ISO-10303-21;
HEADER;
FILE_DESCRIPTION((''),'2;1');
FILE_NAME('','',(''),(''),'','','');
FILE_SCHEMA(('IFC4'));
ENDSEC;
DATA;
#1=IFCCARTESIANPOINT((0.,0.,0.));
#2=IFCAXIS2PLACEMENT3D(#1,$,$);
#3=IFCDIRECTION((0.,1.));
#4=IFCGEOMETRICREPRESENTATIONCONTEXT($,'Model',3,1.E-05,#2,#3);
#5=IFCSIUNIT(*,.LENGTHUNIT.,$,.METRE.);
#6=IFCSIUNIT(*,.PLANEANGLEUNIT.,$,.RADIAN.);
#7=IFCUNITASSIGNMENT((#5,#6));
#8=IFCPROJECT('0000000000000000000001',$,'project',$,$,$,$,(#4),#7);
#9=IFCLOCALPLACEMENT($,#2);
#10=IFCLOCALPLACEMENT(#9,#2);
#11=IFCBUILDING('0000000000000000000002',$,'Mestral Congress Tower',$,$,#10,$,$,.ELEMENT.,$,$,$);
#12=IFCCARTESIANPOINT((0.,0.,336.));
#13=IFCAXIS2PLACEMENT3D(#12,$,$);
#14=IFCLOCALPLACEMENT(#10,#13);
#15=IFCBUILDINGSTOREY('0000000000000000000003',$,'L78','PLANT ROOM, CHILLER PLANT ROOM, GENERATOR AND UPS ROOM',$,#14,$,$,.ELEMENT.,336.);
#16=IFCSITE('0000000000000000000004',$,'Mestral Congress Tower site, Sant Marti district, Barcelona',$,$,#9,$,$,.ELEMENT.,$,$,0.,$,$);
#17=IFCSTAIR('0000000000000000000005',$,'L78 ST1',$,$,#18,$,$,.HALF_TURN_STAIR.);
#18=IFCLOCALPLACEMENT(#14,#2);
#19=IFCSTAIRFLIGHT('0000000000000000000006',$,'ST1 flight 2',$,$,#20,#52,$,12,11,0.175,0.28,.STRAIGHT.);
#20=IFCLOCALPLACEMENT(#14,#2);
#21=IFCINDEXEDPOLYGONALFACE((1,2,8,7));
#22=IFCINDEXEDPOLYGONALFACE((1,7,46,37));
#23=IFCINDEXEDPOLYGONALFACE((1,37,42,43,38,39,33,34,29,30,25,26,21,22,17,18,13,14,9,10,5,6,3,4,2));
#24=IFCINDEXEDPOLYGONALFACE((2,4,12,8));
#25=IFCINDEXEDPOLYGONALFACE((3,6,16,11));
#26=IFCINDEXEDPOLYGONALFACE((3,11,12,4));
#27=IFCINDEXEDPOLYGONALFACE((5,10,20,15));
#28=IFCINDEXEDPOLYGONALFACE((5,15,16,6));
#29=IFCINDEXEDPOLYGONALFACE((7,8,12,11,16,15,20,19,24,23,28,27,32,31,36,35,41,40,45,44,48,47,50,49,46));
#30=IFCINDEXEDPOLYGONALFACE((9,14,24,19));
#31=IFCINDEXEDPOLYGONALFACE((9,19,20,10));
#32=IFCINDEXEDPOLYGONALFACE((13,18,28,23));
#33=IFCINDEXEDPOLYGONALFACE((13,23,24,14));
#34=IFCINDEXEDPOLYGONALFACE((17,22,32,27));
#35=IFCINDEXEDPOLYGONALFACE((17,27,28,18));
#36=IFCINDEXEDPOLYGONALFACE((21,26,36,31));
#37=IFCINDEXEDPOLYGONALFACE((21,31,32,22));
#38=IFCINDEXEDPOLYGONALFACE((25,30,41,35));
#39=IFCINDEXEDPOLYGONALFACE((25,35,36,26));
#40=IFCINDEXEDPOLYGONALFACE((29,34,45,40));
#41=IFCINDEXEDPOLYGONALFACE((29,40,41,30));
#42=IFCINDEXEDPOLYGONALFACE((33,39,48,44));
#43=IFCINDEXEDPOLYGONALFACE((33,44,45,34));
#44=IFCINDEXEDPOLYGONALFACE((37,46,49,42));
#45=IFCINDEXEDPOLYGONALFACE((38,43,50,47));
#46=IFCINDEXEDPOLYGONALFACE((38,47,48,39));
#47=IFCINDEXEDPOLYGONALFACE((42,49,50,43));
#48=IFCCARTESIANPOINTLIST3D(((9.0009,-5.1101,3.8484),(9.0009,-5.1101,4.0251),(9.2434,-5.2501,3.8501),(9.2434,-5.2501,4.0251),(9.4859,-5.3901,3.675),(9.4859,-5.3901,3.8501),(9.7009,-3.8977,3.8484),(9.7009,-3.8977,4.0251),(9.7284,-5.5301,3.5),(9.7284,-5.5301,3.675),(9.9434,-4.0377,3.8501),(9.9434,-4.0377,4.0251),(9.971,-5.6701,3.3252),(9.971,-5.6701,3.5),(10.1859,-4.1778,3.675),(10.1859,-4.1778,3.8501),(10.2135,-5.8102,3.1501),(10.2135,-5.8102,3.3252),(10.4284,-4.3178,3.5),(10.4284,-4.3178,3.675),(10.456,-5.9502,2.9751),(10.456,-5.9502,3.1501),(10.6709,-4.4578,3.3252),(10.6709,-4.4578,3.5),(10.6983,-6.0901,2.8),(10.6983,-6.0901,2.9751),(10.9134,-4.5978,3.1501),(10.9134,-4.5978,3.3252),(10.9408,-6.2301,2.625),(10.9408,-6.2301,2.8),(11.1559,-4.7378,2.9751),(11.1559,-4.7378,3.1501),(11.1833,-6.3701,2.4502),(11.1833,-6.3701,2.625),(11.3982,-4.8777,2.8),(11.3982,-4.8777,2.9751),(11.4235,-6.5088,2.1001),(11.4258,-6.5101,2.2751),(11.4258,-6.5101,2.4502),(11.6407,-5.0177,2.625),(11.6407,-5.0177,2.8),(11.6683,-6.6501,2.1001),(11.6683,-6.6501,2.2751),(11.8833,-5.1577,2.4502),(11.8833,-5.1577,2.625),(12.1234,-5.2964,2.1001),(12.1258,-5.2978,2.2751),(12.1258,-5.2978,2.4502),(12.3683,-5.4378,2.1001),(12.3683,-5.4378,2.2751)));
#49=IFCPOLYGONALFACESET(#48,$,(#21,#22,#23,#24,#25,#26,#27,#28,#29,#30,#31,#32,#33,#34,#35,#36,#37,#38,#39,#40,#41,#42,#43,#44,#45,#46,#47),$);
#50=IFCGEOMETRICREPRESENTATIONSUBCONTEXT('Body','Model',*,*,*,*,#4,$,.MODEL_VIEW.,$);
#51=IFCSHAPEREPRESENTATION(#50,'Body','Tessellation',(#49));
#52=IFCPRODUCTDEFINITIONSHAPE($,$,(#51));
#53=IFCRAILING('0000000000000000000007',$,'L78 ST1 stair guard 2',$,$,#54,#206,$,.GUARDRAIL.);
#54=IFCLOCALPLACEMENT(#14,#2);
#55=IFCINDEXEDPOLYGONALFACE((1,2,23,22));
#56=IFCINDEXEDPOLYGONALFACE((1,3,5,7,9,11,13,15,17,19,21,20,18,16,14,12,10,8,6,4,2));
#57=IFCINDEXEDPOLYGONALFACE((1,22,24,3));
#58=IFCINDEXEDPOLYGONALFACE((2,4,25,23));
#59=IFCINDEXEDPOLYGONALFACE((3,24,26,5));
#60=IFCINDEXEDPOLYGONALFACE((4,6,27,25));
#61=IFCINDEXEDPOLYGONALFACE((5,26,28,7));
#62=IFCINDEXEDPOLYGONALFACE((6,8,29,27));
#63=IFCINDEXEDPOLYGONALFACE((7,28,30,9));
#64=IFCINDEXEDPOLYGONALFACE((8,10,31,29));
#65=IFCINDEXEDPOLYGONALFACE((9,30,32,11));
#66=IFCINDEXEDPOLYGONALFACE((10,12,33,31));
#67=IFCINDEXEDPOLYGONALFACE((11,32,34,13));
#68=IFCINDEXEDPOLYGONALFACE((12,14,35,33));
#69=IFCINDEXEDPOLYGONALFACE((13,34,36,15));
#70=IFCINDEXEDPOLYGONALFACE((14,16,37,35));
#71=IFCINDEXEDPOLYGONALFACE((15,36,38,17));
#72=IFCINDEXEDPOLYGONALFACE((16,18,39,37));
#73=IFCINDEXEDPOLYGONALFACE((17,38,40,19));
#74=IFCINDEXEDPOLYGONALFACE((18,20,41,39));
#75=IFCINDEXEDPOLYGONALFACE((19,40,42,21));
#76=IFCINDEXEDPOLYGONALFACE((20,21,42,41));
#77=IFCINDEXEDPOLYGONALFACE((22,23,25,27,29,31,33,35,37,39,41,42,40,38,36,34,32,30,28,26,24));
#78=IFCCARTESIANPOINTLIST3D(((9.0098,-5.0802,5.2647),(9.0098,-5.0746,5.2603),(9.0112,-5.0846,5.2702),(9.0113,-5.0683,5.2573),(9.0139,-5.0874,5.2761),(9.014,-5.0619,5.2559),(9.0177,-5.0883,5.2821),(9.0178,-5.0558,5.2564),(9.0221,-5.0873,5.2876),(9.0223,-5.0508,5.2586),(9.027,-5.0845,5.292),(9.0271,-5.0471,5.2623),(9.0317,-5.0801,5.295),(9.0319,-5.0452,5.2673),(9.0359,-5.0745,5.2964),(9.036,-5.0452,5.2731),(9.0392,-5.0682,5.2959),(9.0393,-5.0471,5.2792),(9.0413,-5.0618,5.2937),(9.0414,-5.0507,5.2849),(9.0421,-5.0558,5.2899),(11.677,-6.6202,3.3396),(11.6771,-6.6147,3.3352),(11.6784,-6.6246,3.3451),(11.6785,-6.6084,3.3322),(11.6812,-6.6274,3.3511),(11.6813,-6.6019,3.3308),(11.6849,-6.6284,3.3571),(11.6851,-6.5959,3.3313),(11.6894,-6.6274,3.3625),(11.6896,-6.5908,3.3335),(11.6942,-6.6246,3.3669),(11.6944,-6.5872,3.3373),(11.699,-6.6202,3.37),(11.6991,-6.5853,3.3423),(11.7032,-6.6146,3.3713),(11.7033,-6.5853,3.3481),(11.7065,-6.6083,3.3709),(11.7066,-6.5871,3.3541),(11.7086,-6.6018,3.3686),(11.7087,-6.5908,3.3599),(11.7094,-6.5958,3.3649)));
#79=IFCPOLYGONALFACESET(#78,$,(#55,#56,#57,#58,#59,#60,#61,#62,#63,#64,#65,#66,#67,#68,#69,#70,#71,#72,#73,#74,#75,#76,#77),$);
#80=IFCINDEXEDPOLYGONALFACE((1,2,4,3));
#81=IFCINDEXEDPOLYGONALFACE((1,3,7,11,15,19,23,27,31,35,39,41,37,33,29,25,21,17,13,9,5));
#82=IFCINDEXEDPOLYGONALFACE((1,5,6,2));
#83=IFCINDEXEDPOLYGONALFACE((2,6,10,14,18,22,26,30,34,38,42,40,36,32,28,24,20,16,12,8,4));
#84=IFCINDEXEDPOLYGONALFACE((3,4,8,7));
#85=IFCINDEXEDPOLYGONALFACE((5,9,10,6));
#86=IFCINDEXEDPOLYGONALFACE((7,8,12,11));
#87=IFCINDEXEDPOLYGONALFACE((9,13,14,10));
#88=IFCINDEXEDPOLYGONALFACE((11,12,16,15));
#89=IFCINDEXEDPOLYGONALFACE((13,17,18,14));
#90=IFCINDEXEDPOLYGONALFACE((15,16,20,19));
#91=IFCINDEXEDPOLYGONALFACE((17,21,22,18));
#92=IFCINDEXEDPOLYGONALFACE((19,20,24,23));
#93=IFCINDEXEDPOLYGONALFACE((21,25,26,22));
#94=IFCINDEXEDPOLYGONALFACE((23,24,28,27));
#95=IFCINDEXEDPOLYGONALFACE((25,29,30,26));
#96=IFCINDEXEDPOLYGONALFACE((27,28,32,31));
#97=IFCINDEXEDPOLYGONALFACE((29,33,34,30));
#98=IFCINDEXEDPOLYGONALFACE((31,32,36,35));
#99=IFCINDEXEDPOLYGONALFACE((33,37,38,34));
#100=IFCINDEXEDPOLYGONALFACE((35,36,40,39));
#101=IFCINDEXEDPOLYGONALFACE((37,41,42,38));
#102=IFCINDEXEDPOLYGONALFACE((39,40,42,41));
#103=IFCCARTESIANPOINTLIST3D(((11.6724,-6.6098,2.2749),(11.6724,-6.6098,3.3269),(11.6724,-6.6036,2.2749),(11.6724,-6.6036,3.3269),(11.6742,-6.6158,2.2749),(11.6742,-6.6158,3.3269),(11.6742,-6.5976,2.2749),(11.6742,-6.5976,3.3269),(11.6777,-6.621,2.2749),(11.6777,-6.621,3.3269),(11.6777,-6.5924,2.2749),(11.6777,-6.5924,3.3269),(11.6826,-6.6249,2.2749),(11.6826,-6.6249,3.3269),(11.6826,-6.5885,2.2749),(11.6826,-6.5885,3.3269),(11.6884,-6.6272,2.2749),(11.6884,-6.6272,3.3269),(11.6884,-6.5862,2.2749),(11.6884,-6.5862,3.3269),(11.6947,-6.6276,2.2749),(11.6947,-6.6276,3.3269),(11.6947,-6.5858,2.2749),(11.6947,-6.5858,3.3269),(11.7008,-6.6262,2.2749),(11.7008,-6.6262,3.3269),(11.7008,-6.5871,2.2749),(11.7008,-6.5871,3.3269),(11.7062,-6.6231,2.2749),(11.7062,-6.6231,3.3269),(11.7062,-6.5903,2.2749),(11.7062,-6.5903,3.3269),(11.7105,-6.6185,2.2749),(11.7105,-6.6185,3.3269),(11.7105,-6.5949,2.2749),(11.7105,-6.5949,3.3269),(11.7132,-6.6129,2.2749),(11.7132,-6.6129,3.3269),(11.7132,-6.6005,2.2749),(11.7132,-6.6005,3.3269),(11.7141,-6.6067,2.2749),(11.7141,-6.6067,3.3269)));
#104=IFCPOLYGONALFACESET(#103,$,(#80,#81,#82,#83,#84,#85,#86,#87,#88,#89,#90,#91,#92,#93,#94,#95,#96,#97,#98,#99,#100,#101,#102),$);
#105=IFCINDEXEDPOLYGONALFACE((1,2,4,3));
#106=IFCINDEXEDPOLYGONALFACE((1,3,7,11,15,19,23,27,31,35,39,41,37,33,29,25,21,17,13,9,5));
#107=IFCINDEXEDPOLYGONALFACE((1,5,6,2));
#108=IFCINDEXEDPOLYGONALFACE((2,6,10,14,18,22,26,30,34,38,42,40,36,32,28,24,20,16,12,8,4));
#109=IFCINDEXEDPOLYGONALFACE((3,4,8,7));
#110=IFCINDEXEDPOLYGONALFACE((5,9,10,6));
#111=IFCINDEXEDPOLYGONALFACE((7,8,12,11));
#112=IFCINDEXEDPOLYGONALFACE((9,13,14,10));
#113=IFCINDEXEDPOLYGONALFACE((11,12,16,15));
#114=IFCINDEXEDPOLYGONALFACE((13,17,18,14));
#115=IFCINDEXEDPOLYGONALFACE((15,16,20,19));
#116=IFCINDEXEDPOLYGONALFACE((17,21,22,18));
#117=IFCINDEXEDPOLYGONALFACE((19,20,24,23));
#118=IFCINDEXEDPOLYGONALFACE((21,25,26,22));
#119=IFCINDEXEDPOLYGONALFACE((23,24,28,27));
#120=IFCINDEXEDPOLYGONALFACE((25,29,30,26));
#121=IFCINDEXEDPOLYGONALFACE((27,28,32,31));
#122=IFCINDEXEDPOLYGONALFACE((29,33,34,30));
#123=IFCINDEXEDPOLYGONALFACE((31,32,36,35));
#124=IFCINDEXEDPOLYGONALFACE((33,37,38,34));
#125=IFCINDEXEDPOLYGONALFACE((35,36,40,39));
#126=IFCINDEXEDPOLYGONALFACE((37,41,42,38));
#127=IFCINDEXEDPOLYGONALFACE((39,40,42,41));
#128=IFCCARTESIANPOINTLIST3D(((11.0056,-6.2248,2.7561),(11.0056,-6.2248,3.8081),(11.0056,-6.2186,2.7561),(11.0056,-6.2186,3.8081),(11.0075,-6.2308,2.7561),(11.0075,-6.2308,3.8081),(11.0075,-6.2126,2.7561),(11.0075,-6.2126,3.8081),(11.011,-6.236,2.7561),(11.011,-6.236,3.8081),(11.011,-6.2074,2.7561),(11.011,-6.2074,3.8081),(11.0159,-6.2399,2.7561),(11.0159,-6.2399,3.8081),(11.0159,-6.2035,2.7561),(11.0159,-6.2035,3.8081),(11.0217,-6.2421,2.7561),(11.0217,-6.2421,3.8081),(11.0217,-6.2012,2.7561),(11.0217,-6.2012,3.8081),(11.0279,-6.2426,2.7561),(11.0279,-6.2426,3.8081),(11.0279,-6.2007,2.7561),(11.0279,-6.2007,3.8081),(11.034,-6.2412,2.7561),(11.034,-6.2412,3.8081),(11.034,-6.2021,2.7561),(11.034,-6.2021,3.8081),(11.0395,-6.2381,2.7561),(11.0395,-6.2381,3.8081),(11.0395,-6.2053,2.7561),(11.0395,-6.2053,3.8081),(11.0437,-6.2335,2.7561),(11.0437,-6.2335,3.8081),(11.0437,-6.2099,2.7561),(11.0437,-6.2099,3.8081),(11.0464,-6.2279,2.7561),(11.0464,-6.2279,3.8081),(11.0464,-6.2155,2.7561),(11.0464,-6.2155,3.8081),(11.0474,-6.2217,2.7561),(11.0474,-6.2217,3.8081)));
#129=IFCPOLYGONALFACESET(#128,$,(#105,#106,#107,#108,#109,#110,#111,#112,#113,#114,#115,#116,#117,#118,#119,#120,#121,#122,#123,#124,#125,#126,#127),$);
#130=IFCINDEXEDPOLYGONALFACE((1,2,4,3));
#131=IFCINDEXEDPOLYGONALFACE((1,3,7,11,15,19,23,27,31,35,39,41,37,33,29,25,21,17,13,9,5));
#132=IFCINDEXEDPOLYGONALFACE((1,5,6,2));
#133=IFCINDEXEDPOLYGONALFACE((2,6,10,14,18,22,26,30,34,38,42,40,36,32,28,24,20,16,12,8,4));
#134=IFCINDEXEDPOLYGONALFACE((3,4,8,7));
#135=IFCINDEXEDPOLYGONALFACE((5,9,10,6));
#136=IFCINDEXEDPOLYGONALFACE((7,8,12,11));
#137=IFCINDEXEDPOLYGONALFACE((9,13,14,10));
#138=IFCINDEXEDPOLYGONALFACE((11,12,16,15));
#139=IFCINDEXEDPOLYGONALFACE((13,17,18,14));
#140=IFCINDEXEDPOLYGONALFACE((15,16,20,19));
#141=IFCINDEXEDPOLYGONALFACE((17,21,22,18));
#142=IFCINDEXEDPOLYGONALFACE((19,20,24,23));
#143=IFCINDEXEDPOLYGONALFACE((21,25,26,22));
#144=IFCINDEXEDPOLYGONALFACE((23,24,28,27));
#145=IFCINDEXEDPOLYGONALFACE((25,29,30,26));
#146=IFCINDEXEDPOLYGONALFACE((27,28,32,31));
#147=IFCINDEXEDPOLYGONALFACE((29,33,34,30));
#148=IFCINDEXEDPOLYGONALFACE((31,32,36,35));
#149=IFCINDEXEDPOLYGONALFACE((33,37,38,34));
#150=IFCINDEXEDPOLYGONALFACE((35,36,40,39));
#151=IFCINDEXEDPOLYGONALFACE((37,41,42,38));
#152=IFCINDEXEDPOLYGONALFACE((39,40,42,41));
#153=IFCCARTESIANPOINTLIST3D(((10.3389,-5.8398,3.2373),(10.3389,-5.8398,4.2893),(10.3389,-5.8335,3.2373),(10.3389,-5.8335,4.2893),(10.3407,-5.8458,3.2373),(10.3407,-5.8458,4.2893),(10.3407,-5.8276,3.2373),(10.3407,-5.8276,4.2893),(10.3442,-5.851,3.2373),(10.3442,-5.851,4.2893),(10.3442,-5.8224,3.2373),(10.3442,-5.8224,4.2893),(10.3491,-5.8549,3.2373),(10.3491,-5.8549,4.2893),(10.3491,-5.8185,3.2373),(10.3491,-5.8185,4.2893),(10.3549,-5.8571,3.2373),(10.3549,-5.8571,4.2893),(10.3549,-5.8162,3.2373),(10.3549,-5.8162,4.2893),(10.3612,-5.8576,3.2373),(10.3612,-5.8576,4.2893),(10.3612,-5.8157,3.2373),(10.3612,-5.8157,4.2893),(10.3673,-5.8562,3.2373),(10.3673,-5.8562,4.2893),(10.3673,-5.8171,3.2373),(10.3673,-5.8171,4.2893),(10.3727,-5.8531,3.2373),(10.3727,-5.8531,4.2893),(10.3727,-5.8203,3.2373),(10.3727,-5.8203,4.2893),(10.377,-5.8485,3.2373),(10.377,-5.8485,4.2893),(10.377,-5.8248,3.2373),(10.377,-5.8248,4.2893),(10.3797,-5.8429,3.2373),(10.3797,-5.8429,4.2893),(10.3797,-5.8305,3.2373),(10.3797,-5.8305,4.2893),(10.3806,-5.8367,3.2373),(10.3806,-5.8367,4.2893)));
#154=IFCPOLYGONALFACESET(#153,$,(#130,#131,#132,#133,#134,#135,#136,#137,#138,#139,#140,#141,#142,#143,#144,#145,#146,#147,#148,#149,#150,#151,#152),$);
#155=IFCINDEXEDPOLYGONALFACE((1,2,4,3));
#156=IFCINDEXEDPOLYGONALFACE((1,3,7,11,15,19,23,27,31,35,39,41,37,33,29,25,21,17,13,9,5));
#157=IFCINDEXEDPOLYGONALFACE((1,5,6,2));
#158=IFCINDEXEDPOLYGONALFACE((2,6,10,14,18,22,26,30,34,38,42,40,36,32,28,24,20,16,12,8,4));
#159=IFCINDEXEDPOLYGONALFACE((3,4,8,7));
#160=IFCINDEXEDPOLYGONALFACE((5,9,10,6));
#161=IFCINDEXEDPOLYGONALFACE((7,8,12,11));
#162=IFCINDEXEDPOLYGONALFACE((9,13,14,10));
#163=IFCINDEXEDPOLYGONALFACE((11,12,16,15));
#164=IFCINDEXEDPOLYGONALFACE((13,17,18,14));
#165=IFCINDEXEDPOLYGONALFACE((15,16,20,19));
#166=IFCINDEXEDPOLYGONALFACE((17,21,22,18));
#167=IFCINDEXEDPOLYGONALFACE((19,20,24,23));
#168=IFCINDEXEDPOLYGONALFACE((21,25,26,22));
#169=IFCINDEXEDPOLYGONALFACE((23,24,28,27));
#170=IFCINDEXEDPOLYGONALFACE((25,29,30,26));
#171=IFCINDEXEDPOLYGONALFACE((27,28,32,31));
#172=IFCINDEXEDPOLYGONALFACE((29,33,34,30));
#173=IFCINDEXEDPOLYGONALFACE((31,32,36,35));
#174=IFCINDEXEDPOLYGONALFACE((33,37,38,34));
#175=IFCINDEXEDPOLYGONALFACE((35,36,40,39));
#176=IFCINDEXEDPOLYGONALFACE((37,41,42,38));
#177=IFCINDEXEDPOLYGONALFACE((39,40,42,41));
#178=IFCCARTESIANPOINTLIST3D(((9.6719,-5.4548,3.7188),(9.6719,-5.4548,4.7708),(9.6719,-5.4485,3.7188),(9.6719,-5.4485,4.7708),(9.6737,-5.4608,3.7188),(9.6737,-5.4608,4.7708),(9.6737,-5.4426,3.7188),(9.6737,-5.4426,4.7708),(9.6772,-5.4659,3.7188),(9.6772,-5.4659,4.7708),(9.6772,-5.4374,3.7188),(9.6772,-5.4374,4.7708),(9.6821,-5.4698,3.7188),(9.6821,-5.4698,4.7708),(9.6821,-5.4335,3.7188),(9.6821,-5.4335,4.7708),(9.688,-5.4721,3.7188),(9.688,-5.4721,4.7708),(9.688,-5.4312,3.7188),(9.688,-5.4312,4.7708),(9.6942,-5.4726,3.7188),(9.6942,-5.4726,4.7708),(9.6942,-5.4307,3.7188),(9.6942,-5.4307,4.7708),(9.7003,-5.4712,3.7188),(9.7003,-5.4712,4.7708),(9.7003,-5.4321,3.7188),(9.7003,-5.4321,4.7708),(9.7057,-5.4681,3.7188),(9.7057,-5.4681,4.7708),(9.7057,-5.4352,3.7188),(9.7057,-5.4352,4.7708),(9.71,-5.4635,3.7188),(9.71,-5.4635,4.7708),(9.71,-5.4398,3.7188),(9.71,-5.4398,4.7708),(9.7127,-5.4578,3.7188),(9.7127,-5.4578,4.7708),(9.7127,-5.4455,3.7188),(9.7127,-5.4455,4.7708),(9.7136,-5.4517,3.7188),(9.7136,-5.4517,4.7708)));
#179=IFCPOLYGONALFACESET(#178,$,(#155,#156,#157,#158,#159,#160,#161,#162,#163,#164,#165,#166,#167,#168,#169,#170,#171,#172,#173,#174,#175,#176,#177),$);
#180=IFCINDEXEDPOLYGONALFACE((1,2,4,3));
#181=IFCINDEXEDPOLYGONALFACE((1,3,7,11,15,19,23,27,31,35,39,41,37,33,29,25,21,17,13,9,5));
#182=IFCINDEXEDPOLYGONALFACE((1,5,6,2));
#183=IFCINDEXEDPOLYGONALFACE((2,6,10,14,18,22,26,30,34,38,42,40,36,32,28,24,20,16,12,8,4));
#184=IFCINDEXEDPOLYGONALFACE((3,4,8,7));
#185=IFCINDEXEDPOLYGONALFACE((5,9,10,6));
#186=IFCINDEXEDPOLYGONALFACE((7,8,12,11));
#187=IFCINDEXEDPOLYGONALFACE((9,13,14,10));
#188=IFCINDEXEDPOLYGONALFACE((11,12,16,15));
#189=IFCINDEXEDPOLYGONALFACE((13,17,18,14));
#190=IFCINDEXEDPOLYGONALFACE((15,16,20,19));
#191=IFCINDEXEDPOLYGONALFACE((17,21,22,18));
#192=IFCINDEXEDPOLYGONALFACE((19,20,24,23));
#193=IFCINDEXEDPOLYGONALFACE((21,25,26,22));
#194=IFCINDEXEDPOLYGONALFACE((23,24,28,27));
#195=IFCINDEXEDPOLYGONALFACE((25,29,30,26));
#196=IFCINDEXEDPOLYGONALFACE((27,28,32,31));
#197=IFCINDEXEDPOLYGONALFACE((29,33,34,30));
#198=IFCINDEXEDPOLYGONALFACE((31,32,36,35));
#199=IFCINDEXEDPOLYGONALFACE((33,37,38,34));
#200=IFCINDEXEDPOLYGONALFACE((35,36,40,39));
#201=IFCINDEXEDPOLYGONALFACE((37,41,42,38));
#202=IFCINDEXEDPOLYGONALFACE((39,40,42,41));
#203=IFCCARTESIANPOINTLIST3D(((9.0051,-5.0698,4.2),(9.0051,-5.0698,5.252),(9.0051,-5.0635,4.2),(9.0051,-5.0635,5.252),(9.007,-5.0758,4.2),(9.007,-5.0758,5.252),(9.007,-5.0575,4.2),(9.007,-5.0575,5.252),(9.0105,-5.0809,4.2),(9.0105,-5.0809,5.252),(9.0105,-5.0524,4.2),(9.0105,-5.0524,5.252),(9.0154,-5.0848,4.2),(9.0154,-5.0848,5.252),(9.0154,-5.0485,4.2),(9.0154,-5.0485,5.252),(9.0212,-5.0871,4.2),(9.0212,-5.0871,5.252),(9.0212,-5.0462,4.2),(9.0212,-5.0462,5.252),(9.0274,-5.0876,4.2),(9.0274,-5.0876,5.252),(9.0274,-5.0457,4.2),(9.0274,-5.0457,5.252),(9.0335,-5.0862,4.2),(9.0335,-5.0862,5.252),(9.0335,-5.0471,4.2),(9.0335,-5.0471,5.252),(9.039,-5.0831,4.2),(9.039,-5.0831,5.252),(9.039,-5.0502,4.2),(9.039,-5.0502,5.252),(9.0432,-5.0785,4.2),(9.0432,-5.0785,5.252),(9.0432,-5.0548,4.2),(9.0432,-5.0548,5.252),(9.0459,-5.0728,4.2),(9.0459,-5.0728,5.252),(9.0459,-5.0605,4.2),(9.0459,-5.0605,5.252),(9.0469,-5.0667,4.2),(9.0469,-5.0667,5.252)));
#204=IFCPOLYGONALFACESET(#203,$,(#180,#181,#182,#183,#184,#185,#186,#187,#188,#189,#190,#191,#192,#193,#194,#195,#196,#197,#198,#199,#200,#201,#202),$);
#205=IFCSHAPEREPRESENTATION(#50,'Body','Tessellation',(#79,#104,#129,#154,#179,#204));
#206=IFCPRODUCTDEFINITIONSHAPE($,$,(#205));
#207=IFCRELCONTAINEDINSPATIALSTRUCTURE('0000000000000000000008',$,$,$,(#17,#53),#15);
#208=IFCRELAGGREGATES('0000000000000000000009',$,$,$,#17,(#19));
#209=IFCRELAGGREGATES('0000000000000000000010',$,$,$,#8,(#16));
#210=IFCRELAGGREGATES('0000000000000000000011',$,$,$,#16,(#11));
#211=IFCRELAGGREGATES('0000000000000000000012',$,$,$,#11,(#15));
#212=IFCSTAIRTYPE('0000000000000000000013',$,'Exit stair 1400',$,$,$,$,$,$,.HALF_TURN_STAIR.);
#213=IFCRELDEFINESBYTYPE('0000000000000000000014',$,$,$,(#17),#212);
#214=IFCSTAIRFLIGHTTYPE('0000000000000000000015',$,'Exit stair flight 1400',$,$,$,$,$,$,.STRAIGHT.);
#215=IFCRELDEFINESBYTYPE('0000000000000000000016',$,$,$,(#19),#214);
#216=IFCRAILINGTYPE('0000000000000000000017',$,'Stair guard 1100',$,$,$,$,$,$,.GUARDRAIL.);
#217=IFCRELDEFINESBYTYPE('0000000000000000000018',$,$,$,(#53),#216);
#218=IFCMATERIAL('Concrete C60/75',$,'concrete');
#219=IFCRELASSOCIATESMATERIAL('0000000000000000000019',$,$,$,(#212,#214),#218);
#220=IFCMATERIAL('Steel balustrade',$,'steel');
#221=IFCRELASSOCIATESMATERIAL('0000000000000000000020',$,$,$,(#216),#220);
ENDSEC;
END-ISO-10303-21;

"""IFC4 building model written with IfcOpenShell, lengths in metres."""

from ifc_helpers import new_model, si_unit, direction, frame, origin, origin_2d, place, context, subcontext, project, spatial, polyline, circle, outline, extrude, material, type_object, element, aggregate, save


model = new_model("IFC4")

# Units and contexts
model_context = context("Model", 3, precision=1e-05, world=origin(), true_north=direction((0.0, 1.0)))
body_context = subcontext(model_context, "Body", "Model", "MODEL_VIEW")
ifc_project = project(units=[si_unit("LENGTHUNIT", "METRE"), si_unit("PLANEANGLEUNIT", "RADIAN")], contexts=[model_context])

# Site, building, storey
site_placement = place(None, origin())
site = spatial("IfcSite", under=ifc_project, at=site_placement, Name="Mestral Congress Tower site, Sant Marti district, Barcelona", CompositionType="ELEMENT", RefElevation=0.0)
building_placement = place(site_placement, origin())
building = spatial("IfcBuilding", under=site, at=building_placement, Name="Mestral Congress Tower", CompositionType="ELEMENT")
storey_placement = place(building_placement, frame((0.0, 0.0, 336.0)))
storey = spatial("IfcBuildingStorey", under=building, at=storey_placement, Name="L78", Description="PLANT ROOM, CHILLER PLANT ROOM, GENERATOR AND UPS ROOM", CompositionType="ELEMENT", Elevation=336.0)

# Shared definitions
ifc_material_1 = material(Name="Concrete C60/75", Category="concrete")

# Stair, stair flight
stair_type = type_object("IfcStairType", Name="Exit stair 1400", PredefinedType="HALF_TURN_STAIR", material=ifc_material_1)
stair_placement = place(storey_placement, origin())
stair = element("IfcStair", 1, at=stair_placement, inside=storey, type_object=stair_type, Name="L78 ST1", PredefinedType="HALF_TURN_STAIR")
stair_flight_type = type_object("IfcStairFlightType", Name="Exit stair flight 1400", PredefinedType="STRAIGHT", material=ifc_material_1)
stair_flight_1_placement = place(storey_placement, frame((12.0183, -6.0439, 2.1001), z_axis=(0.0, 0.0, 1.0), x_axis=(-0.866025, 0.5, 0.0)))
stair_flight_1 = element("IfcStairFlight", 2, at=stair_flight_1_placement, type_object=stair_flight_type, Name="ST1 flight 2", NumberOfRisers=12, NumberOfTreads=11, PredefinedType="STRAIGHT", RiserHeight=0.175, TreadLength=0.28, context=body_context, shape_type="SweptSolid", body=[
    extrude(outline(polyline([(0.0, 0.0), (0.0, 0.175), (0.28, 0.175), (0.28, 0.3501), (0.5601, 0.3501), (0.5601, 0.5249), (0.8401, 0.5249), (0.8401, 0.7), (1.1201, 0.7), (1.1201, 0.875), (1.3999, 0.875), (1.3999, 1.05), (1.6799, 1.05), (1.6799, 1.2251), (1.96, 1.2251), (1.96, 1.3999), (2.24, 1.3999), (2.24, 1.575), (2.52, 1.575), (2.52, 1.75), (2.8, 1.75), (2.8, 1.925), (3.0801, 1.925), (3.0801, 2.1001), (3.0801, 1.7483), (0.2827, 0.0), (0.0, 0.0)])), frame((0.0, 0.7, 0.0), z_axis=(0.0, -1.0, 0.0), x_axis=(1.0, 0.0, 0.0)), (0.0, 0.0, 1.0), 1.3999),
])
aggregate(stair, [stair_flight_1])

# Railing
ifc_material_2 = material(Name="Steel balustrade", Category="steel")
railing_type_1 = type_object("IfcRailingType", Name="Stair guard 1100", PredefinedType="GUARDRAIL", material=ifc_material_2)
railing_1_placement = place(storey_placement, frame((11.6931, -6.6067, 2.2749)))
element("IfcRailing", 3, at=railing_1_placement, inside=storey, type_object=railing_type_1, Name="L78 ST1 stair guard 2", PredefinedType="GUARDRAIL", context=body_context, shape_type="SweptSolid", body=[
    extrude(circle(Radius=0.0239, at=origin_2d()), frame((0.0, 0.0, 1.0762), z_axis=(-0.734364, 0.424015, 0.530019), x_axis=(-0.500027, -0.86601, 0.0)), (0.0, 0.0, 1.0), 3.6321),
    extrude(circle(Radius=0.021, at=origin_2d()), origin(), (0.0, 0.0, 1.0), 1.052),
    extrude(circle(Radius=0.021, at=origin_2d()), frame((-0.6667, 0.385, 0.4812)), (0.0, 0.0, 1.0), 1.052),
    extrude(circle(Radius=0.021, at=origin_2d()), frame((-1.3335, 0.77, 0.9624)), (0.0, 0.0, 1.0), 1.052),
    extrude(circle(Radius=0.021, at=origin_2d()), frame((-2.0005, 1.155, 1.4438)), (0.0, 0.0, 1.0), 1.052),
    extrude(circle(Radius=0.021, at=origin_2d()), frame((-2.6672, 1.54, 1.925)), (0.0, 0.0, 1.0), 1.052),
])

save(model, "model.ifc")
